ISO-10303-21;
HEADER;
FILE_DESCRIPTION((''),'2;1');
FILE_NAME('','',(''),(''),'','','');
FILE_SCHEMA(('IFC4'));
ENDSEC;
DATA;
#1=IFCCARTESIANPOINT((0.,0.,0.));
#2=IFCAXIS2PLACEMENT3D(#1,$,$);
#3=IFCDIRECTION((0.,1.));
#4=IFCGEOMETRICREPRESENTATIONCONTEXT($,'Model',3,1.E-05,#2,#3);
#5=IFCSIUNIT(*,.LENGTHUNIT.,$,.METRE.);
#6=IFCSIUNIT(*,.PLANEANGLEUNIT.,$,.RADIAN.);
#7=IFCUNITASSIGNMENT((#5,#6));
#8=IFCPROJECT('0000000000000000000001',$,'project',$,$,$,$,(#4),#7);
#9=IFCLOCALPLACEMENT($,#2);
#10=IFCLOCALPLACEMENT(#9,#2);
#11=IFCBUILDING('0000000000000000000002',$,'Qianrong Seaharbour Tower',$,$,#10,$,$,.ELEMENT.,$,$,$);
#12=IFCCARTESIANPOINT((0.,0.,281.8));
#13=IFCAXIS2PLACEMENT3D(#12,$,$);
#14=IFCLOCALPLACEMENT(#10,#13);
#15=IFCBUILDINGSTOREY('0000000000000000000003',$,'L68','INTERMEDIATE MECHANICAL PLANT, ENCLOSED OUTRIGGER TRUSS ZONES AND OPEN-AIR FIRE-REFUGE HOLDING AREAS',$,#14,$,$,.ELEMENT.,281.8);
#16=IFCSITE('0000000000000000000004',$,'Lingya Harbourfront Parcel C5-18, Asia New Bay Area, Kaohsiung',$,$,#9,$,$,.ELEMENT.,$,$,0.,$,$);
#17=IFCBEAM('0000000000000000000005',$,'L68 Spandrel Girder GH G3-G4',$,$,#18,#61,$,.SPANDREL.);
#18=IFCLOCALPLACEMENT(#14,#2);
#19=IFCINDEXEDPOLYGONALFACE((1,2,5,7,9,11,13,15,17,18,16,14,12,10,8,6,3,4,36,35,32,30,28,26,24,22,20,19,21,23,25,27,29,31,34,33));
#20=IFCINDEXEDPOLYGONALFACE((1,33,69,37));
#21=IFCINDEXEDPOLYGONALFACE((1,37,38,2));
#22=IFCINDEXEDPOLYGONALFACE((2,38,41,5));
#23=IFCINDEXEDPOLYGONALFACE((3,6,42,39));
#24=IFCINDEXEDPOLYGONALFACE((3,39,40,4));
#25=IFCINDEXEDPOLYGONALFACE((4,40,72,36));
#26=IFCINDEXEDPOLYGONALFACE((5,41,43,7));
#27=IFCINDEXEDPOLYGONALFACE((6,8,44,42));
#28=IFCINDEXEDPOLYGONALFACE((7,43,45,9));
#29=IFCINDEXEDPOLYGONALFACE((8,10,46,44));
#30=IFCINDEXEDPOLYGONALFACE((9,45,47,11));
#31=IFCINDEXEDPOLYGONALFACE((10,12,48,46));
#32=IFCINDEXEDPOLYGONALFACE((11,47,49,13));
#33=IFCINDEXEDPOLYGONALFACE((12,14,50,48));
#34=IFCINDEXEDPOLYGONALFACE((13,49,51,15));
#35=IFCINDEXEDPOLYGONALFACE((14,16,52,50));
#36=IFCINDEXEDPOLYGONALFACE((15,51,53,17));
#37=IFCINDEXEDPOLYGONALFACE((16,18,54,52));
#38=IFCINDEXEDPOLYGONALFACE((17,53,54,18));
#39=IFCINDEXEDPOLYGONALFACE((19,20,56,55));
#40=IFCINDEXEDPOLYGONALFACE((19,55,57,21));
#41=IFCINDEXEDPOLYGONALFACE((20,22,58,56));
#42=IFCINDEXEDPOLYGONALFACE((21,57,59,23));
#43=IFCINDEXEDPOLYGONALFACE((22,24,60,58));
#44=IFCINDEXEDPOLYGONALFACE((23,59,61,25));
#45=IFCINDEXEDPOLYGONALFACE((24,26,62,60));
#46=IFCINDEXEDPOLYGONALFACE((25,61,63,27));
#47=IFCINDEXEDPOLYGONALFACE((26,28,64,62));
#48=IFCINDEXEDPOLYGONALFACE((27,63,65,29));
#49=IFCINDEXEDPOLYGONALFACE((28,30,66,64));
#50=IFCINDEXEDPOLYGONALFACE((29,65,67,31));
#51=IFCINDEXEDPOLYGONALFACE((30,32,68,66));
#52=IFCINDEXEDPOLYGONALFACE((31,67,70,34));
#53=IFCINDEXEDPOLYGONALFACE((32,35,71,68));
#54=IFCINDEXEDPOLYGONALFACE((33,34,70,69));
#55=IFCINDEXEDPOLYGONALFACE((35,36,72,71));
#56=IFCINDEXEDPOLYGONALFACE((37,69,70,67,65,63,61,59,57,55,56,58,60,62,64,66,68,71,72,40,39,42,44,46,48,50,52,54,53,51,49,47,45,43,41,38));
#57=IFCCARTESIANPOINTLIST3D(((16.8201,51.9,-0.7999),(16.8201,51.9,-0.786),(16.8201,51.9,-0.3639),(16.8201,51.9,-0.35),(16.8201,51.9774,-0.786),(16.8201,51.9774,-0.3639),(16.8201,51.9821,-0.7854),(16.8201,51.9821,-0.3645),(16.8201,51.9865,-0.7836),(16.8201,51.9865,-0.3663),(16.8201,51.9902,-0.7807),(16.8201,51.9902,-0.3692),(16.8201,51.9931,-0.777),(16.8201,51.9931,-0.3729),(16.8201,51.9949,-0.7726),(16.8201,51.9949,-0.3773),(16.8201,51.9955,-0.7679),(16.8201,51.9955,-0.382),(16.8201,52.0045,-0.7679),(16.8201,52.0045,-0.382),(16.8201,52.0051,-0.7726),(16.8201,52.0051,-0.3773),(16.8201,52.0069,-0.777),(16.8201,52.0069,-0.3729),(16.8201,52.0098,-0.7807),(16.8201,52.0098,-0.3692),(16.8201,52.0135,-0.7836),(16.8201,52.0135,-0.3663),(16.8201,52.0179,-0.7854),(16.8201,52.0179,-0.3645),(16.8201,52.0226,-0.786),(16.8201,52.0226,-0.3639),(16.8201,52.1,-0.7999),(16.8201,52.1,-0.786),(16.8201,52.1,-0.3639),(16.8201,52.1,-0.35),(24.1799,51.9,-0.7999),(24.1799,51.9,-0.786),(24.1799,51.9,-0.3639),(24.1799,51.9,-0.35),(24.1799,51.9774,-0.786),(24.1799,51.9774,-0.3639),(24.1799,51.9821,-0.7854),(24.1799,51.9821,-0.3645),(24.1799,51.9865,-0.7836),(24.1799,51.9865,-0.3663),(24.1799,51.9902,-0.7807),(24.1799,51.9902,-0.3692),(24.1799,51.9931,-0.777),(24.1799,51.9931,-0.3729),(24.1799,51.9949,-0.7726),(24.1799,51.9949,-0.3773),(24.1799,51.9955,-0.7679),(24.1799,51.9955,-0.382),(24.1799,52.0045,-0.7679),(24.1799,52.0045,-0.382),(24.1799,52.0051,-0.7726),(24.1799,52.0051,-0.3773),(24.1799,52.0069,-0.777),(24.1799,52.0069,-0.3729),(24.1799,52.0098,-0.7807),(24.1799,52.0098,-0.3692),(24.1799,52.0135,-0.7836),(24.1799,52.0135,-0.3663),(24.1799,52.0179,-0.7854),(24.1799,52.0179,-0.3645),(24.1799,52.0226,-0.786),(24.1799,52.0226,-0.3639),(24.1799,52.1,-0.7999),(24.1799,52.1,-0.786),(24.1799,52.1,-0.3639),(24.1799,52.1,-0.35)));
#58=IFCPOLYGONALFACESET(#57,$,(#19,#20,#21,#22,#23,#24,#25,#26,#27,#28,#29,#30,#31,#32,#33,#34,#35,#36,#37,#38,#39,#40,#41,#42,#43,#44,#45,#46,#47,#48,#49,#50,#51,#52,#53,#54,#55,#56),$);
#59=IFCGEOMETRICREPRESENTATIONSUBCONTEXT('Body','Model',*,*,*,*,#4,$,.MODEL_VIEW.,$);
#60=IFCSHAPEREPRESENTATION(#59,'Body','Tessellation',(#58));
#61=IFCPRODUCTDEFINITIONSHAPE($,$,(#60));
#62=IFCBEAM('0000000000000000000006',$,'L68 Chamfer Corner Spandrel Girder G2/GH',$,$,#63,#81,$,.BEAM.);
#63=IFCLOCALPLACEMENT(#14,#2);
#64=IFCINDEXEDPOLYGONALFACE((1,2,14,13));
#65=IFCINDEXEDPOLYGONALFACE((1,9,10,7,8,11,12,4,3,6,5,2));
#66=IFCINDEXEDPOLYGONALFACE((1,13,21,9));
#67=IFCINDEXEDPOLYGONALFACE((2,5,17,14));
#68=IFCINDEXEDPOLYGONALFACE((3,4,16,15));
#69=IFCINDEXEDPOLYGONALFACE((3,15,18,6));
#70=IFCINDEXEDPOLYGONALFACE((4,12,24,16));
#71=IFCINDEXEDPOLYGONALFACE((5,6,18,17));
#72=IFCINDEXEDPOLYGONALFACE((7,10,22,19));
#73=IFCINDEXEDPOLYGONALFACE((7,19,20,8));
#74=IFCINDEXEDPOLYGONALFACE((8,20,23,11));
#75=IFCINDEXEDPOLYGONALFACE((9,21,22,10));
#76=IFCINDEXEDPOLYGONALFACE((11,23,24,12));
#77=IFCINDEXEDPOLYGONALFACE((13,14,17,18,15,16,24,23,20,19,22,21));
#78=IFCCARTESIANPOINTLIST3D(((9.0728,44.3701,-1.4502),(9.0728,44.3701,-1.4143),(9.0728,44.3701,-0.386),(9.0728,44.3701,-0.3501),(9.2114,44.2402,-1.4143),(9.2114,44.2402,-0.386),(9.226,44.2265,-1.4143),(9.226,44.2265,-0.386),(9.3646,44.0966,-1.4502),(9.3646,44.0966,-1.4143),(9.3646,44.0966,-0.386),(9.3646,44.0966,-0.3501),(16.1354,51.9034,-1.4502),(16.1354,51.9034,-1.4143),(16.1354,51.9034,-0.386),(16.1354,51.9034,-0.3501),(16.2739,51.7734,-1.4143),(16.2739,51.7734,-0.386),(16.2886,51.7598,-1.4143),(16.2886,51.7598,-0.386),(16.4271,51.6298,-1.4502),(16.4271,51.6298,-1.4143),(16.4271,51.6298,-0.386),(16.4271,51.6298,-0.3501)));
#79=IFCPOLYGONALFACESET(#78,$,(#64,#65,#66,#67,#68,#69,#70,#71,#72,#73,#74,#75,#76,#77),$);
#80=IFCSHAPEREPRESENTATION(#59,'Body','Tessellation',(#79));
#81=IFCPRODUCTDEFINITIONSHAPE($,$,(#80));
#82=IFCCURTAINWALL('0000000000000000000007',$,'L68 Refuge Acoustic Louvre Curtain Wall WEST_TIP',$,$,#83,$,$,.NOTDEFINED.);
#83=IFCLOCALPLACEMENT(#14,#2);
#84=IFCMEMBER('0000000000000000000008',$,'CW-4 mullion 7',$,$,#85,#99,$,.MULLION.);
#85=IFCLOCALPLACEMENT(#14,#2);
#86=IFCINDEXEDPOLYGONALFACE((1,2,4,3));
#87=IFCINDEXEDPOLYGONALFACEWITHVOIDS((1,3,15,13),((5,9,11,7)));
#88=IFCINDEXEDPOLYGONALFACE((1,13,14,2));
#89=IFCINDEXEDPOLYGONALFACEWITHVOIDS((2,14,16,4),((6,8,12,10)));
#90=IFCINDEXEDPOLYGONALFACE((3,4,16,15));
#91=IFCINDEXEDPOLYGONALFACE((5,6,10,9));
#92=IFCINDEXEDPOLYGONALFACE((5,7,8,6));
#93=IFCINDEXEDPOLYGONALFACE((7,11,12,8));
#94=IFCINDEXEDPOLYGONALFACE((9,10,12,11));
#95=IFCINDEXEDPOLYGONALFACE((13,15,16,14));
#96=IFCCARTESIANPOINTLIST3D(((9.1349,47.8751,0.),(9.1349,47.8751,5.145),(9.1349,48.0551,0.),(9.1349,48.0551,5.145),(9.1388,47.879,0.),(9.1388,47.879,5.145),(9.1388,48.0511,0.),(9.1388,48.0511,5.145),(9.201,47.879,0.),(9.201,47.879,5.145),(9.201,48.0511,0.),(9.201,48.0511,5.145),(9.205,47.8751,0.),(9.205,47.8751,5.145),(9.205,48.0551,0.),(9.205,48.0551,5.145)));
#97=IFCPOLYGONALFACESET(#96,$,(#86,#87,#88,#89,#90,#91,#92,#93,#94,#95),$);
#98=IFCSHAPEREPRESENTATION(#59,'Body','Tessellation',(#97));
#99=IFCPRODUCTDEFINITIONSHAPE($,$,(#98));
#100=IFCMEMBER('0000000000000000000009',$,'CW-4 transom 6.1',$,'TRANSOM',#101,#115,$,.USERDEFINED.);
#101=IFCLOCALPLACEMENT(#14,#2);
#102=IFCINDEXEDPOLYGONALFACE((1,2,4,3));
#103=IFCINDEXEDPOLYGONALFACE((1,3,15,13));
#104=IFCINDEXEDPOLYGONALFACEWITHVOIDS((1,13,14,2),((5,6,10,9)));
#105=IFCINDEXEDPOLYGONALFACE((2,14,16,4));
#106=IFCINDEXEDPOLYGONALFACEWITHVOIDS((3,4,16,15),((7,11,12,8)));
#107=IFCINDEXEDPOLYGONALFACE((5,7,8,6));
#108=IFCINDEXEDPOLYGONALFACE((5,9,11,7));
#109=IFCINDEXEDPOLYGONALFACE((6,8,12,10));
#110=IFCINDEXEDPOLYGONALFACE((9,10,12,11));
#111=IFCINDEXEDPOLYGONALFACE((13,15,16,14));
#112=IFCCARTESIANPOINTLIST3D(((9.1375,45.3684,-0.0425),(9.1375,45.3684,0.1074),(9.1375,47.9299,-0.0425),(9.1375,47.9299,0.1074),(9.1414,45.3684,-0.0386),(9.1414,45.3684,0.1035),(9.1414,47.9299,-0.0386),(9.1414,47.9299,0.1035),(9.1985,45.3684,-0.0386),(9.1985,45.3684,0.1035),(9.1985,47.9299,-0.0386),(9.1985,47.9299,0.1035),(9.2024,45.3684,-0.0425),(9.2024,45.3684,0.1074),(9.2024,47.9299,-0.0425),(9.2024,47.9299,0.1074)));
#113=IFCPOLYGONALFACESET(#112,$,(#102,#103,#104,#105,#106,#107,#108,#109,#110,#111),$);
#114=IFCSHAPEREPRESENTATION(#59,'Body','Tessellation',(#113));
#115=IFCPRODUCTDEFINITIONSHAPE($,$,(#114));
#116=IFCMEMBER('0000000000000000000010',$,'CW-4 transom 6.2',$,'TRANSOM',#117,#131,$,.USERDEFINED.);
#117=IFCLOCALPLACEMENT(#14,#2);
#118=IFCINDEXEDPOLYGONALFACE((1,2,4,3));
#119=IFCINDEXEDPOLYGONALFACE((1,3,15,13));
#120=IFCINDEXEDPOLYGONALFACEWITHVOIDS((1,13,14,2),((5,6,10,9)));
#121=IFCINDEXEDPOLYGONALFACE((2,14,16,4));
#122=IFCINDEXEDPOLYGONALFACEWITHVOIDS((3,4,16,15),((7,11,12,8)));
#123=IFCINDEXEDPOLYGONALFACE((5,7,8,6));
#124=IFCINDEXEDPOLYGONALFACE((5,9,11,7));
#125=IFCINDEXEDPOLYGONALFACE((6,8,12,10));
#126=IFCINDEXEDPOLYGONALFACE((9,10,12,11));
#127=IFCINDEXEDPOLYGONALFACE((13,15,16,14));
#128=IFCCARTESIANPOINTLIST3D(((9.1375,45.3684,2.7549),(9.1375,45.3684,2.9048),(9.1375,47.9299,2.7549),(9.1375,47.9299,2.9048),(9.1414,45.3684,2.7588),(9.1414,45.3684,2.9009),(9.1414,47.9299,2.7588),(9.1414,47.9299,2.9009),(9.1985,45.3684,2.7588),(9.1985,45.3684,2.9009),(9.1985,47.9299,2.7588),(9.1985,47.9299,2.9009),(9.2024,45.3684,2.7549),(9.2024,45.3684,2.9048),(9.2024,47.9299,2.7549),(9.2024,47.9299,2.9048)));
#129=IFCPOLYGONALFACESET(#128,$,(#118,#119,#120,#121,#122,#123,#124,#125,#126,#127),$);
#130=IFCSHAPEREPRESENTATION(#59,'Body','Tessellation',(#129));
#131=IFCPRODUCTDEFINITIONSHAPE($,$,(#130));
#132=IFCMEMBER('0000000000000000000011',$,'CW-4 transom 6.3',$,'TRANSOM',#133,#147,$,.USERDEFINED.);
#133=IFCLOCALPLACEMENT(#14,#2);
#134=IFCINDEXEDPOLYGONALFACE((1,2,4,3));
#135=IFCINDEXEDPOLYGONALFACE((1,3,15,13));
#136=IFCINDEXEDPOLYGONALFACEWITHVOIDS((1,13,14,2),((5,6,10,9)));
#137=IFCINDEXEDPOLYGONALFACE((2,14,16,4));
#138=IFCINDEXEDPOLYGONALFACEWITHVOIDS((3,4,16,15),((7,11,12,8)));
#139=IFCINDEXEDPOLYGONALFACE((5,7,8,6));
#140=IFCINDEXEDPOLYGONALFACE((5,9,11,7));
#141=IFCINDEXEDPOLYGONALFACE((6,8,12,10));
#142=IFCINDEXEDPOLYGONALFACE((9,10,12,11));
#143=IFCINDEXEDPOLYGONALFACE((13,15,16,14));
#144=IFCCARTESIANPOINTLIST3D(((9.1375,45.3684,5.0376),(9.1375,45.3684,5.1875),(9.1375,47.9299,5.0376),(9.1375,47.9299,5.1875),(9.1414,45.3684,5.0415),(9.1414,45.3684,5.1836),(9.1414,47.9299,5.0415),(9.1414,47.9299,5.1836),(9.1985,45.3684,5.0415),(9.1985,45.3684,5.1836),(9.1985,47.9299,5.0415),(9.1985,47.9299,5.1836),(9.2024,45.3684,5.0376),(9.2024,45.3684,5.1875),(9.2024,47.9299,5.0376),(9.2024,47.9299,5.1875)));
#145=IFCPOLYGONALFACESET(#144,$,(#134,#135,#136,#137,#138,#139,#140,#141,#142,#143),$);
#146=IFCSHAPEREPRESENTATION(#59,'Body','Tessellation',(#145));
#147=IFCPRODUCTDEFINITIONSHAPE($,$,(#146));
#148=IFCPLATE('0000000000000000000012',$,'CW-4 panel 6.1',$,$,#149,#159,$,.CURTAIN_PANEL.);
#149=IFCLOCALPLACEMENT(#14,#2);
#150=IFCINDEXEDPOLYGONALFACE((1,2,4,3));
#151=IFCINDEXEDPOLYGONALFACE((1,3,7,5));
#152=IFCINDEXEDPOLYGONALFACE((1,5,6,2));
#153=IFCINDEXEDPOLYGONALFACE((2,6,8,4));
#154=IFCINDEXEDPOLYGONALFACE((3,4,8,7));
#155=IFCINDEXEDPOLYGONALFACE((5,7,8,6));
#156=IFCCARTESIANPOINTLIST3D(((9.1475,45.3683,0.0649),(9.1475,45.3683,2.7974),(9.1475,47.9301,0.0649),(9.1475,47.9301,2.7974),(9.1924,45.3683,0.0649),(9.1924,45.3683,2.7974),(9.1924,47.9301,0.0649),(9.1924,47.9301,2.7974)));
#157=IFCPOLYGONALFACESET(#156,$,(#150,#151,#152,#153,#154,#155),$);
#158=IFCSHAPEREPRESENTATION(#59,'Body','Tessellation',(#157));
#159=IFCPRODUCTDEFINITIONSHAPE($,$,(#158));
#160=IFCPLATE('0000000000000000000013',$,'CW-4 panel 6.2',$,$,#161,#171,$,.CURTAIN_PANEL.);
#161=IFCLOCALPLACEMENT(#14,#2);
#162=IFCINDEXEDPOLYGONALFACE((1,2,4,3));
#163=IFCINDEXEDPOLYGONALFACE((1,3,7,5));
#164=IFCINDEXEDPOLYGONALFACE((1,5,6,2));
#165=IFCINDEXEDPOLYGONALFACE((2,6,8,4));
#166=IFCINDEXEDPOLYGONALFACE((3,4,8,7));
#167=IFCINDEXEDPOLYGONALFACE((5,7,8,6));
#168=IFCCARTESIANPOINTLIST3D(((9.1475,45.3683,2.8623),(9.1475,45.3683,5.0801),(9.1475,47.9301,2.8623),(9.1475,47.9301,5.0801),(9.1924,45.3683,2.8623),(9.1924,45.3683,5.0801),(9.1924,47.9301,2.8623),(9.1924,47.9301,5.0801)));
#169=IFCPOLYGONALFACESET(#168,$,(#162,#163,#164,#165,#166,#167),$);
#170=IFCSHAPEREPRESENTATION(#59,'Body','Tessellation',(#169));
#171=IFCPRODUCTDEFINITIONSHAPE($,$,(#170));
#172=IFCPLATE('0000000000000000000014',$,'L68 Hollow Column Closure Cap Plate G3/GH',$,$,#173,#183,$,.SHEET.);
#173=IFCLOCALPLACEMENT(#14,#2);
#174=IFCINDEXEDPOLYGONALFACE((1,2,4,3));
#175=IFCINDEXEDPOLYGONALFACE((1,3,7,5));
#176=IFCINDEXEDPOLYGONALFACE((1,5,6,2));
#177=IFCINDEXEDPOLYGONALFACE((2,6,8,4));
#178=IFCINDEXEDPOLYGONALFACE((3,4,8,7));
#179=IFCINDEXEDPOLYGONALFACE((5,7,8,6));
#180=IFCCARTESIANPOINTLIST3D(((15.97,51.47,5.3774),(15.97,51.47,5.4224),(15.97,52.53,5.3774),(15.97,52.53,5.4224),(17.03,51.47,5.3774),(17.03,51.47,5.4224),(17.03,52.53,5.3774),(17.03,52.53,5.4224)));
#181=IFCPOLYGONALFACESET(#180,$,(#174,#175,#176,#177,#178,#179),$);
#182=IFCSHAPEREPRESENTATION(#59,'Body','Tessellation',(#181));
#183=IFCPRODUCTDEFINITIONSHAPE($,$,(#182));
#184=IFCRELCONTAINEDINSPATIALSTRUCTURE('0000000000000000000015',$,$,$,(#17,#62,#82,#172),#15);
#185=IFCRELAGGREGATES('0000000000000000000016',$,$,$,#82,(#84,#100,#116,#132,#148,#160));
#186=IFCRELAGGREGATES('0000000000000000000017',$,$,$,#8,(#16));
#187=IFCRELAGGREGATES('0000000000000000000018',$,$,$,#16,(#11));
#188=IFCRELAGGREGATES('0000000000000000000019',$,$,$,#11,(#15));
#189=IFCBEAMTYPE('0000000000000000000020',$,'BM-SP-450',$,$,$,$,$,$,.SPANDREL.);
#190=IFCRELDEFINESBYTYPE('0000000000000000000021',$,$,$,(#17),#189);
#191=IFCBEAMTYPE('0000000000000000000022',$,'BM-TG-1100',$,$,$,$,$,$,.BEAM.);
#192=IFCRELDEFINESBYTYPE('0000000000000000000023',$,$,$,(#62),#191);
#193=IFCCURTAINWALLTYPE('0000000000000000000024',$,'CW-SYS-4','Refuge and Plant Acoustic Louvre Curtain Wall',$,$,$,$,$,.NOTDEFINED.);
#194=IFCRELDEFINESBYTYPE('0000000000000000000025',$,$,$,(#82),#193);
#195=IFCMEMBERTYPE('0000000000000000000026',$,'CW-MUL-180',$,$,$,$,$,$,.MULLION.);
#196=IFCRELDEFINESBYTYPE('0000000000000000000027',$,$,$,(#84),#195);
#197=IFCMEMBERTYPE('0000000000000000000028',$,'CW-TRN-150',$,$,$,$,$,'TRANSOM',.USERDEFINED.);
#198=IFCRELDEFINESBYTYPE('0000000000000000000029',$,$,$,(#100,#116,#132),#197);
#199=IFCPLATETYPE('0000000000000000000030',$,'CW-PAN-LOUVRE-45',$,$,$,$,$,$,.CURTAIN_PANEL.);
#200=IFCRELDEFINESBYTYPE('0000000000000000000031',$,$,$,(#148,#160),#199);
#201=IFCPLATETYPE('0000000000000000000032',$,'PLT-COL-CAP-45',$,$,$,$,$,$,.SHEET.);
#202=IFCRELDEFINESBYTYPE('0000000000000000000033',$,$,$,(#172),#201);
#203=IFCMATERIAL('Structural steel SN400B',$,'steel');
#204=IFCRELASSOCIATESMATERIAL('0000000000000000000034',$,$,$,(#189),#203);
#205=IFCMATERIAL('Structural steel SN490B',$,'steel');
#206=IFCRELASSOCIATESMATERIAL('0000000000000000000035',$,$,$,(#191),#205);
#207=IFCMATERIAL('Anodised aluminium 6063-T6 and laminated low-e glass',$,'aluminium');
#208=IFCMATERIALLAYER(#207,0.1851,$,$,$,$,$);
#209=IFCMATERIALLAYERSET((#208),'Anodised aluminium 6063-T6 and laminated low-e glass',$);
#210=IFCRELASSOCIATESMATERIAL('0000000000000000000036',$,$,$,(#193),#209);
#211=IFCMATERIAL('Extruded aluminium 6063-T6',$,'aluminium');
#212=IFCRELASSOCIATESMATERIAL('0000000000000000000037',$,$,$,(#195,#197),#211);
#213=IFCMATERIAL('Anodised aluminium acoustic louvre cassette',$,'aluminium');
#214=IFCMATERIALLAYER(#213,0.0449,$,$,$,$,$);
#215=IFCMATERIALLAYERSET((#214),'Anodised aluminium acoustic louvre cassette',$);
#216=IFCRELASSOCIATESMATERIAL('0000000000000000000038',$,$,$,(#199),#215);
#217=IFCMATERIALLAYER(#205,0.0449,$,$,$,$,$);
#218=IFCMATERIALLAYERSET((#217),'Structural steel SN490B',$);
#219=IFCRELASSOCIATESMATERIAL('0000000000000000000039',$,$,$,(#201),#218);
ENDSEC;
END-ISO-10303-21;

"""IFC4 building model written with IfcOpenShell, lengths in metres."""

from ifc_helpers import new_model, si_unit, direction, frame, origin, origin_2d, place, context, subcontext, project, spatial, rectangle, hollow_rectangle, i_section, extrude, material, layer, layer_set, material_profile, profile_set, type_object, element, aggregate, save


model = new_model("IFC4")

# Units and contexts
model_context = context("Model", 3, precision=1e-05, world=origin(), true_north=direction((0.0, 1.0)))
body_context = subcontext(model_context, "Body", "Model", "MODEL_VIEW")
ifc_project = project(units=[si_unit("LENGTHUNIT", "METRE"), si_unit("PLANEANGLEUNIT", "RADIAN")], contexts=[model_context])

# Site, building, storey
site_placement = place(None, origin())
site = spatial("IfcSite", under=ifc_project, at=site_placement, Name="Lingya Harbourfront Parcel C5-18, Asia New Bay Area, Kaohsiung", CompositionType="ELEMENT", RefElevation=0.0)
building_placement = place(site_placement, origin())
building = spatial("IfcBuilding", under=site, at=building_placement, Name="Qianrong Seaharbour Tower", CompositionType="ELEMENT")
storey_placement = place(building_placement, frame((0.0, 0.0, 281.8)))
storey = spatial("IfcBuildingStorey", under=building, at=storey_placement, Name="L68", Description="INTERMEDIATE MECHANICAL PLANT, ENCLOSED OUTRIGGER TRUSS ZONES AND OPEN-AIR FIRE-REFUGE HOLDING AREAS", CompositionType="ELEMENT", Elevation=281.8)

# Shared definitions
ifc_material_1 = material(Name="Structural steel SN490B", Category="steel")

# Beams
ifc_material_2 = material(Name="Structural steel SN400B", Category="steel")
ifc_material_profile_1 = material_profile(ifc_material_2, i_section(OverallWidth=0.2, OverallDepth=0.45, WebThickness=0.009, FlangeThickness=0.0139, FilletRadius=0.0181, at=origin_2d()), Name="H450x200x9x14")
ifc_profile_set_1 = profile_set([ifc_material_profile_1], Name="Structural steel SN400B")
beam_type_1 = type_object("IfcBeamType", Name="BM-SP-450", PredefinedType="SPANDREL", material=ifc_profile_set_1)
beam_1_placement = place(storey_placement, frame((16.8201, 52.0, -0.575), z_axis=(1.0, 0.0, 0.0), x_axis=(0.0, 1.0, 0.0)))
element("IfcBeam", 1, at=beam_1_placement, inside=storey, type_object=beam_type_1, Name="L68 Spandrel Girder GH G3-G4", PredefinedType="SPANDREL", context=body_context, shape_type="SweptSolid", body=[
    extrude(i_section(OverallWidth=0.2, OverallDepth=0.45, WebThickness=0.009, FlangeThickness=0.0139, FilletRadius=0.0181, at=origin_2d()), origin(), (0.0, 0.0, 1.0), 7.3599),
])
ifc_material_profile_2 = material_profile(ifc_material_1, i_section(OverallWidth=0.3999, OverallDepth=1.1001, WebThickness=0.02, FlangeThickness=0.0359, at=origin_2d()), Name="BH1100x400x20x36")
ifc_profile_set_2 = profile_set([ifc_material_profile_2], Name="Structural steel SN490B")
beam_type_2 = type_object("IfcBeamType", Name="BM-TG-1100", PredefinedType="BEAM", material=ifc_profile_set_2)
beam_2_placement = place(storey_placement, frame((16.2812, 51.7666, -0.9001), z_axis=(-0.683947, -0.729531, 0.0), x_axis=(0.729531, -0.683947, 0.0)))
element("IfcBeam", 2, at=beam_2_placement, inside=storey, type_object=beam_type_2, Name="L68 Chamfer Corner Spandrel Girder G2/GH", PredefinedType="BEAM", context=body_context, shape_type="SweptSolid", body=[
    extrude(i_section(OverallWidth=0.3999, OverallDepth=1.1001, WebThickness=0.02, FlangeThickness=0.0359, at=origin_2d()), origin(), (0.0, 0.0, 1.0), 10.3262),
])

# Curtain wall, members, plates
ifc_material_3 = material(Name="Anodised aluminium 6063-T6 and laminated low-e glass", Category="aluminium")
ifc_layer_1 = layer(ifc_material_3, 0.1851)
ifc_layer_set_1 = layer_set([ifc_layer_1], Name="Anodised aluminium 6063-T6 and laminated low-e glass")
curtain_wall_type = type_object("IfcCurtainWallType", Name="CW-SYS-4", Description="Refuge and Plant Acoustic Louvre Curtain Wall", PredefinedType="NOTDEFINED", material=ifc_layer_set_1)
curtain_wall_placement = place(storey_placement, origin())
curtain_wall = element("IfcCurtainWall", 3, at=curtain_wall_placement, inside=storey, type_object=curtain_wall_type, Name="L68 Refuge Acoustic Louvre Curtain Wall WEST_TIP", PredefinedType="NOTDEFINED")
ifc_material_4 = material(Name="Extruded aluminium 6063-T6", Category="aluminium")
ifc_material_profile_3 = material_profile(ifc_material_4, hollow_rectangle(XDim=0.0701, YDim=0.1799, WallThickness=0.0039, at=origin_2d()), Name="ALU-MUL-180x70x4")
ifc_profile_set_3 = profile_set([ifc_material_profile_3], Name="Extruded aluminium 6063-T6")
member_type_1 = type_object("IfcMemberType", Name="CW-MUL-180", PredefinedType="MULLION", material=ifc_profile_set_3)
member_1_placement = place(storey_placement, frame((9.1699, 47.9651, 0.0), z_axis=(0.0, 0.0, 1.0), x_axis=(-1.0, 0.0, 0.0)))
member_1 = element("IfcMember", 4, at=member_1_placement, type_object=member_type_1, Name="CW-4 mullion 7", PredefinedType="MULLION", context=body_context, shape_type="SweptSolid", body=[
    extrude(hollow_rectangle(XDim=0.0701, YDim=0.1799, WallThickness=0.0039, at=origin_2d()), origin(), (0.0, 0.0, 1.0), 5.145),
])
ifc_material_profile_4 = material_profile(ifc_material_4, hollow_rectangle(XDim=0.0649, YDim=0.1499, WallThickness=0.0039, at=origin_2d()), Name="ALU-TRN-150x65x4")
ifc_profile_set_4 = profile_set([ifc_material_profile_4], Name="Extruded aluminium 6063-T6")
member_type_2 = type_object("IfcMemberType", Name="CW-TRN-150", ElementType="TRANSOM", PredefinedType="USERDEFINED", material=ifc_profile_set_4)
member_2_placement = place(storey_placement, frame((9.1699, 45.3684, 0.0325), z_axis=(0.0, 1.0, 0.0), x_axis=(-1.0, 0.0, 0.0)))
member_2 = element("IfcMember", 5, at=member_2_placement, type_object=member_type_2, Name="CW-4 transom 6.1", ObjectType="TRANSOM", PredefinedType="USERDEFINED", context=body_context, shape_type="SweptSolid", body=[
    extrude(hollow_rectangle(XDim=0.0649, YDim=0.1499, WallThickness=0.0039, at=origin_2d()), origin(), (0.0, 0.0, 1.0), 2.5615),
])
member_3_placement = place(storey_placement, frame((9.1699, 45.3684, 2.8298), z_axis=(0.0, 1.0, 0.0), x_axis=(-1.0, 0.0, 0.0)))
member_3 = element("IfcMember", 6, at=member_3_placement, type_object=member_type_2, Name="CW-4 transom 6.2", ObjectType="TRANSOM", PredefinedType="USERDEFINED", context=body_context, shape_type="SweptSolid", body=[
    extrude(hollow_rectangle(XDim=0.0649, YDim=0.1499, WallThickness=0.0039, at=origin_2d()), origin(), (0.0, 0.0, 1.0), 2.5615),
])
member_4_placement = place(storey_placement, frame((9.1699, 45.3684, 5.1125), z_axis=(0.0, 1.0, 0.0), x_axis=(-1.0, 0.0, 0.0)))
member_4 = element("IfcMember", 7, at=member_4_placement, type_object=member_type_2, Name="CW-4 transom 6.3", ObjectType="TRANSOM", PredefinedType="USERDEFINED", context=body_context, shape_type="SweptSolid", body=[
    extrude(hollow_rectangle(XDim=0.0649, YDim=0.1499, WallThickness=0.0039, at=origin_2d()), origin(), (0.0, 0.0, 1.0), 2.5615),
])
ifc_material_5 = material(Name="Anodised aluminium acoustic louvre cassette", Category="aluminium")
ifc_layer_2 = layer(ifc_material_5, 0.0449)
ifc_layer_set_2 = layer_set([ifc_layer_2], Name="Anodised aluminium acoustic louvre cassette")
plate_type_1 = type_object("IfcPlateType", Name="CW-PAN-LOUVRE-45", PredefinedType="CURTAIN_PANEL", material=ifc_layer_set_2)
plate_1_placement = place(storey_placement, frame((9.1699, 46.6492, 0.0649), z_axis=(0.0, 0.0, 1.0), x_axis=(0.0, 1.0, 0.0)))
plate_1 = element("IfcPlate", 8, at=plate_1_placement, type_object=plate_type_1, Name="CW-4 panel 6.1", PredefinedType="CURTAIN_PANEL", context=body_context, shape_type="SweptSolid", body=[
    extrude(rectangle(XDim=2.5618, YDim=0.0449, at=origin_2d()), origin(), (0.0, 0.0, 1.0), 2.7324),
])
plate_2_placement = place(storey_placement, frame((9.1699, 46.6492, 2.8623), z_axis=(0.0, 0.0, 1.0), x_axis=(0.0, 1.0, 0.0)))
plate_2 = element("IfcPlate", 9, at=plate_2_placement, type_object=plate_type_1, Name="CW-4 panel 6.2", PredefinedType="CURTAIN_PANEL", context=body_context, shape_type="SweptSolid", body=[
    extrude(rectangle(XDim=2.5618, YDim=0.0449, at=origin_2d()), origin(), (0.0, 0.0, 1.0), 2.2178),
])
aggregate(curtain_wall, [member_1, member_2, member_3, member_4, plate_1, plate_2])

# Plate
ifc_layer_3 = layer(ifc_material_1, 0.0449)
ifc_layer_set_3 = layer_set([ifc_layer_3], Name="Structural steel SN490B")
plate_type_2 = type_object("IfcPlateType", Name="PLT-COL-CAP-45", PredefinedType="SHEET", material=ifc_layer_set_3)
plate_3_placement = place(storey_placement, frame((16.5, 52.0, 5.3774), z_axis=(0.0, 0.0, 1.0), x_axis=(1.0, 0.0, 0.0)))
element("IfcPlate", 10, at=plate_3_placement, inside=storey, type_object=plate_type_2, Name="L68 Hollow Column Closure Cap Plate G3/GH", PredefinedType="SHEET", context=body_context, shape_type="SweptSolid", body=[
    extrude(rectangle(XDim=1.0601, YDim=1.0601, at=origin_2d()), origin(), (0.0, 0.0, 1.0), 0.0449),
])

save(model, "model.ifc")
